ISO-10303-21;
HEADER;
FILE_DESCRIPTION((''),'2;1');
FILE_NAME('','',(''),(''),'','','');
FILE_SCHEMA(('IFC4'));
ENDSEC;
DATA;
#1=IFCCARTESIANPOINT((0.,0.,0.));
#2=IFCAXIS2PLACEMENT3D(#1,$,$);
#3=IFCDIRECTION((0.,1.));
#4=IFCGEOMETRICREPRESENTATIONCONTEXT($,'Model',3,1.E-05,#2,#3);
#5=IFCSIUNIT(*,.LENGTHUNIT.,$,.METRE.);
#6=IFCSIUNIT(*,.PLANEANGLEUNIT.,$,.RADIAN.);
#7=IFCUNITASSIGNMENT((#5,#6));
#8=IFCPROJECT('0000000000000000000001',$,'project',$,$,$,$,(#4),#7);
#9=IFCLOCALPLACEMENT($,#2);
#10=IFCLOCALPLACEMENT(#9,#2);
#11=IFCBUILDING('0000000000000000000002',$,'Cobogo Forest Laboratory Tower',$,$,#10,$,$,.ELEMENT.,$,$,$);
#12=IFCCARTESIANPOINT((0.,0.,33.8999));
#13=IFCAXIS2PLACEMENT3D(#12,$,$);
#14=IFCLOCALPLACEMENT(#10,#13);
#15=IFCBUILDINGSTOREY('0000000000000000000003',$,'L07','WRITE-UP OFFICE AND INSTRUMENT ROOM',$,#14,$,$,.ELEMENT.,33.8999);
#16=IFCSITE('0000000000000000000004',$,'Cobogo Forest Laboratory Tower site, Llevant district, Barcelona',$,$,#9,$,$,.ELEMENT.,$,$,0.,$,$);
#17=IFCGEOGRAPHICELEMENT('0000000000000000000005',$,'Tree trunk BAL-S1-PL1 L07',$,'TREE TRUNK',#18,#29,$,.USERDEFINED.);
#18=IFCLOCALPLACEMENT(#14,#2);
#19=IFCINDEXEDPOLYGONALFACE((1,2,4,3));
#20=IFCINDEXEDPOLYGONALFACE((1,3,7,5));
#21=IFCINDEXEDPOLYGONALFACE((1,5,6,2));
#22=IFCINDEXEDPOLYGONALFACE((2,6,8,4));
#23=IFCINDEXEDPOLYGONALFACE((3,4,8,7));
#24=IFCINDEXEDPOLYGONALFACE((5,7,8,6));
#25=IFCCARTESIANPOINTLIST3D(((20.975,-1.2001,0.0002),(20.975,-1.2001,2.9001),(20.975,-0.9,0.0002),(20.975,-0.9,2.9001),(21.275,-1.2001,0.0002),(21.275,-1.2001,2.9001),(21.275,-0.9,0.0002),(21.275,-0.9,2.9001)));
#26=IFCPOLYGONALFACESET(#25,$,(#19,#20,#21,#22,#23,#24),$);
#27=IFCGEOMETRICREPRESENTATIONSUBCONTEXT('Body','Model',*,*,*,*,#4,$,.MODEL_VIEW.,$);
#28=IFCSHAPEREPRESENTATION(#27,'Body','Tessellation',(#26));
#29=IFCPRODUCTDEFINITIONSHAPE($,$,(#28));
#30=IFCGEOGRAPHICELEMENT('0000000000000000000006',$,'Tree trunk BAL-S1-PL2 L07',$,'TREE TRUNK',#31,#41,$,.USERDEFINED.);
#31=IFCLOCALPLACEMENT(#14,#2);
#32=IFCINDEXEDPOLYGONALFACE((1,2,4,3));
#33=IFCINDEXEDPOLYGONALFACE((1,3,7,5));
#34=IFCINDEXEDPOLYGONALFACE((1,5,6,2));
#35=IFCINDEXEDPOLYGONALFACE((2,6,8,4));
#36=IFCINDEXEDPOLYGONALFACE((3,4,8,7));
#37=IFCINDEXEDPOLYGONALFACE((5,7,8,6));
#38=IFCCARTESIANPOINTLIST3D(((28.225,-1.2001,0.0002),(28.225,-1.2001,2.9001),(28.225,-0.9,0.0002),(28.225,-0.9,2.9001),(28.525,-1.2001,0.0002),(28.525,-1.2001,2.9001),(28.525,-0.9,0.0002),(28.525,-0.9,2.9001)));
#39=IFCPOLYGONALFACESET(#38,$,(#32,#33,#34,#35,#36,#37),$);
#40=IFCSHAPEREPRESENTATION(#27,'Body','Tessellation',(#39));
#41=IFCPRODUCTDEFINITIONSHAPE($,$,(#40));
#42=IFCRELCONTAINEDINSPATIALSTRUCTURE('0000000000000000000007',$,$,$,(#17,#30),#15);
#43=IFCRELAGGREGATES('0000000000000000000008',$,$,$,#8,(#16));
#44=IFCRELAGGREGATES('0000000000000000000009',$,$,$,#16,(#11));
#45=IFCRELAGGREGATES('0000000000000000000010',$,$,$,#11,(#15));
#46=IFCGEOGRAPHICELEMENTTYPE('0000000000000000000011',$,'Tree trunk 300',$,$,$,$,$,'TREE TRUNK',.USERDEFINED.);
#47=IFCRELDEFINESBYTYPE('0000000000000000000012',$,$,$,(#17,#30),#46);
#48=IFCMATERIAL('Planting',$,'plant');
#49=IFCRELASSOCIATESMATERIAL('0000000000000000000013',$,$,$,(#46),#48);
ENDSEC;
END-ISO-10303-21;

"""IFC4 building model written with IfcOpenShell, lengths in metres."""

from ifc_helpers import new_model, si_unit, direction, frame, origin, origin_2d, place, context, subcontext, project, spatial, rectangle, extrude, material, type_object, element, save


model = new_model("IFC4")

# Units and contexts
model_context = context("Model", 3, precision=1e-05, world=origin(), true_north=direction((0.0, 1.0)))
body_context = subcontext(model_context, "Body", "Model", "MODEL_VIEW")
ifc_project = project(units=[si_unit("LENGTHUNIT", "METRE"), si_unit("PLANEANGLEUNIT", "RADIAN")], contexts=[model_context])

# Site, building, storey
site_placement = place(None, origin())
site = spatial("IfcSite", under=ifc_project, at=site_placement, Name="Cobogo Forest Laboratory Tower site, Llevant district, Barcelona", CompositionType="ELEMENT", RefElevation=0.0)
building_placement = place(site_placement, origin())
building = spatial("IfcBuilding", under=site, at=building_placement, Name="Cobogo Forest Laboratory Tower", CompositionType="ELEMENT")
storey_placement = place(building_placement, frame((0.0, 0.0, 33.8999)))
storey = spatial("IfcBuildingStorey", under=building, at=storey_placement, Name="L07", Description="WRITE-UP OFFICE AND INSTRUMENT ROOM", CompositionType="ELEMENT", Elevation=33.8999)

# Geographic elements
ifc_material_1 = material(Name="Planting", Category="plant")
geographic_element_type = type_object("IfcGeographicElementType", Name="Tree trunk 300", ElementType="TREE TRUNK", PredefinedType="USERDEFINED", material=ifc_material_1)
for number, where, z_axis, x_axis, name in (
    (1, (21.125, -1.05, 0.0002), (0.0, 0.0, 1.0), (1.0, 0.0, 0.0), "Tree trunk BAL-S1-PL1 L07"),
    (2, (28.375, -1.05, 0.0002), (0.0, 0.0, 1.0), (1.0, 0.0, 0.0), "Tree trunk BAL-S1-PL2 L07"),
):
    element("IfcGeographicElement", number, at=place(storey_placement, frame(where, z_axis=z_axis, x_axis=x_axis)), inside=storey, type_object=geographic_element_type, Name=name, ObjectType="TREE TRUNK", PredefinedType="USERDEFINED", context=body_context, shape_type="SweptSolid", body=[
        extrude(rectangle(XDim=0.3, YDim=0.3, at=origin_2d()), origin(), (0.0, 0.0, 1.0), 2.8999),
    ])

save(model, "model.ifc")
